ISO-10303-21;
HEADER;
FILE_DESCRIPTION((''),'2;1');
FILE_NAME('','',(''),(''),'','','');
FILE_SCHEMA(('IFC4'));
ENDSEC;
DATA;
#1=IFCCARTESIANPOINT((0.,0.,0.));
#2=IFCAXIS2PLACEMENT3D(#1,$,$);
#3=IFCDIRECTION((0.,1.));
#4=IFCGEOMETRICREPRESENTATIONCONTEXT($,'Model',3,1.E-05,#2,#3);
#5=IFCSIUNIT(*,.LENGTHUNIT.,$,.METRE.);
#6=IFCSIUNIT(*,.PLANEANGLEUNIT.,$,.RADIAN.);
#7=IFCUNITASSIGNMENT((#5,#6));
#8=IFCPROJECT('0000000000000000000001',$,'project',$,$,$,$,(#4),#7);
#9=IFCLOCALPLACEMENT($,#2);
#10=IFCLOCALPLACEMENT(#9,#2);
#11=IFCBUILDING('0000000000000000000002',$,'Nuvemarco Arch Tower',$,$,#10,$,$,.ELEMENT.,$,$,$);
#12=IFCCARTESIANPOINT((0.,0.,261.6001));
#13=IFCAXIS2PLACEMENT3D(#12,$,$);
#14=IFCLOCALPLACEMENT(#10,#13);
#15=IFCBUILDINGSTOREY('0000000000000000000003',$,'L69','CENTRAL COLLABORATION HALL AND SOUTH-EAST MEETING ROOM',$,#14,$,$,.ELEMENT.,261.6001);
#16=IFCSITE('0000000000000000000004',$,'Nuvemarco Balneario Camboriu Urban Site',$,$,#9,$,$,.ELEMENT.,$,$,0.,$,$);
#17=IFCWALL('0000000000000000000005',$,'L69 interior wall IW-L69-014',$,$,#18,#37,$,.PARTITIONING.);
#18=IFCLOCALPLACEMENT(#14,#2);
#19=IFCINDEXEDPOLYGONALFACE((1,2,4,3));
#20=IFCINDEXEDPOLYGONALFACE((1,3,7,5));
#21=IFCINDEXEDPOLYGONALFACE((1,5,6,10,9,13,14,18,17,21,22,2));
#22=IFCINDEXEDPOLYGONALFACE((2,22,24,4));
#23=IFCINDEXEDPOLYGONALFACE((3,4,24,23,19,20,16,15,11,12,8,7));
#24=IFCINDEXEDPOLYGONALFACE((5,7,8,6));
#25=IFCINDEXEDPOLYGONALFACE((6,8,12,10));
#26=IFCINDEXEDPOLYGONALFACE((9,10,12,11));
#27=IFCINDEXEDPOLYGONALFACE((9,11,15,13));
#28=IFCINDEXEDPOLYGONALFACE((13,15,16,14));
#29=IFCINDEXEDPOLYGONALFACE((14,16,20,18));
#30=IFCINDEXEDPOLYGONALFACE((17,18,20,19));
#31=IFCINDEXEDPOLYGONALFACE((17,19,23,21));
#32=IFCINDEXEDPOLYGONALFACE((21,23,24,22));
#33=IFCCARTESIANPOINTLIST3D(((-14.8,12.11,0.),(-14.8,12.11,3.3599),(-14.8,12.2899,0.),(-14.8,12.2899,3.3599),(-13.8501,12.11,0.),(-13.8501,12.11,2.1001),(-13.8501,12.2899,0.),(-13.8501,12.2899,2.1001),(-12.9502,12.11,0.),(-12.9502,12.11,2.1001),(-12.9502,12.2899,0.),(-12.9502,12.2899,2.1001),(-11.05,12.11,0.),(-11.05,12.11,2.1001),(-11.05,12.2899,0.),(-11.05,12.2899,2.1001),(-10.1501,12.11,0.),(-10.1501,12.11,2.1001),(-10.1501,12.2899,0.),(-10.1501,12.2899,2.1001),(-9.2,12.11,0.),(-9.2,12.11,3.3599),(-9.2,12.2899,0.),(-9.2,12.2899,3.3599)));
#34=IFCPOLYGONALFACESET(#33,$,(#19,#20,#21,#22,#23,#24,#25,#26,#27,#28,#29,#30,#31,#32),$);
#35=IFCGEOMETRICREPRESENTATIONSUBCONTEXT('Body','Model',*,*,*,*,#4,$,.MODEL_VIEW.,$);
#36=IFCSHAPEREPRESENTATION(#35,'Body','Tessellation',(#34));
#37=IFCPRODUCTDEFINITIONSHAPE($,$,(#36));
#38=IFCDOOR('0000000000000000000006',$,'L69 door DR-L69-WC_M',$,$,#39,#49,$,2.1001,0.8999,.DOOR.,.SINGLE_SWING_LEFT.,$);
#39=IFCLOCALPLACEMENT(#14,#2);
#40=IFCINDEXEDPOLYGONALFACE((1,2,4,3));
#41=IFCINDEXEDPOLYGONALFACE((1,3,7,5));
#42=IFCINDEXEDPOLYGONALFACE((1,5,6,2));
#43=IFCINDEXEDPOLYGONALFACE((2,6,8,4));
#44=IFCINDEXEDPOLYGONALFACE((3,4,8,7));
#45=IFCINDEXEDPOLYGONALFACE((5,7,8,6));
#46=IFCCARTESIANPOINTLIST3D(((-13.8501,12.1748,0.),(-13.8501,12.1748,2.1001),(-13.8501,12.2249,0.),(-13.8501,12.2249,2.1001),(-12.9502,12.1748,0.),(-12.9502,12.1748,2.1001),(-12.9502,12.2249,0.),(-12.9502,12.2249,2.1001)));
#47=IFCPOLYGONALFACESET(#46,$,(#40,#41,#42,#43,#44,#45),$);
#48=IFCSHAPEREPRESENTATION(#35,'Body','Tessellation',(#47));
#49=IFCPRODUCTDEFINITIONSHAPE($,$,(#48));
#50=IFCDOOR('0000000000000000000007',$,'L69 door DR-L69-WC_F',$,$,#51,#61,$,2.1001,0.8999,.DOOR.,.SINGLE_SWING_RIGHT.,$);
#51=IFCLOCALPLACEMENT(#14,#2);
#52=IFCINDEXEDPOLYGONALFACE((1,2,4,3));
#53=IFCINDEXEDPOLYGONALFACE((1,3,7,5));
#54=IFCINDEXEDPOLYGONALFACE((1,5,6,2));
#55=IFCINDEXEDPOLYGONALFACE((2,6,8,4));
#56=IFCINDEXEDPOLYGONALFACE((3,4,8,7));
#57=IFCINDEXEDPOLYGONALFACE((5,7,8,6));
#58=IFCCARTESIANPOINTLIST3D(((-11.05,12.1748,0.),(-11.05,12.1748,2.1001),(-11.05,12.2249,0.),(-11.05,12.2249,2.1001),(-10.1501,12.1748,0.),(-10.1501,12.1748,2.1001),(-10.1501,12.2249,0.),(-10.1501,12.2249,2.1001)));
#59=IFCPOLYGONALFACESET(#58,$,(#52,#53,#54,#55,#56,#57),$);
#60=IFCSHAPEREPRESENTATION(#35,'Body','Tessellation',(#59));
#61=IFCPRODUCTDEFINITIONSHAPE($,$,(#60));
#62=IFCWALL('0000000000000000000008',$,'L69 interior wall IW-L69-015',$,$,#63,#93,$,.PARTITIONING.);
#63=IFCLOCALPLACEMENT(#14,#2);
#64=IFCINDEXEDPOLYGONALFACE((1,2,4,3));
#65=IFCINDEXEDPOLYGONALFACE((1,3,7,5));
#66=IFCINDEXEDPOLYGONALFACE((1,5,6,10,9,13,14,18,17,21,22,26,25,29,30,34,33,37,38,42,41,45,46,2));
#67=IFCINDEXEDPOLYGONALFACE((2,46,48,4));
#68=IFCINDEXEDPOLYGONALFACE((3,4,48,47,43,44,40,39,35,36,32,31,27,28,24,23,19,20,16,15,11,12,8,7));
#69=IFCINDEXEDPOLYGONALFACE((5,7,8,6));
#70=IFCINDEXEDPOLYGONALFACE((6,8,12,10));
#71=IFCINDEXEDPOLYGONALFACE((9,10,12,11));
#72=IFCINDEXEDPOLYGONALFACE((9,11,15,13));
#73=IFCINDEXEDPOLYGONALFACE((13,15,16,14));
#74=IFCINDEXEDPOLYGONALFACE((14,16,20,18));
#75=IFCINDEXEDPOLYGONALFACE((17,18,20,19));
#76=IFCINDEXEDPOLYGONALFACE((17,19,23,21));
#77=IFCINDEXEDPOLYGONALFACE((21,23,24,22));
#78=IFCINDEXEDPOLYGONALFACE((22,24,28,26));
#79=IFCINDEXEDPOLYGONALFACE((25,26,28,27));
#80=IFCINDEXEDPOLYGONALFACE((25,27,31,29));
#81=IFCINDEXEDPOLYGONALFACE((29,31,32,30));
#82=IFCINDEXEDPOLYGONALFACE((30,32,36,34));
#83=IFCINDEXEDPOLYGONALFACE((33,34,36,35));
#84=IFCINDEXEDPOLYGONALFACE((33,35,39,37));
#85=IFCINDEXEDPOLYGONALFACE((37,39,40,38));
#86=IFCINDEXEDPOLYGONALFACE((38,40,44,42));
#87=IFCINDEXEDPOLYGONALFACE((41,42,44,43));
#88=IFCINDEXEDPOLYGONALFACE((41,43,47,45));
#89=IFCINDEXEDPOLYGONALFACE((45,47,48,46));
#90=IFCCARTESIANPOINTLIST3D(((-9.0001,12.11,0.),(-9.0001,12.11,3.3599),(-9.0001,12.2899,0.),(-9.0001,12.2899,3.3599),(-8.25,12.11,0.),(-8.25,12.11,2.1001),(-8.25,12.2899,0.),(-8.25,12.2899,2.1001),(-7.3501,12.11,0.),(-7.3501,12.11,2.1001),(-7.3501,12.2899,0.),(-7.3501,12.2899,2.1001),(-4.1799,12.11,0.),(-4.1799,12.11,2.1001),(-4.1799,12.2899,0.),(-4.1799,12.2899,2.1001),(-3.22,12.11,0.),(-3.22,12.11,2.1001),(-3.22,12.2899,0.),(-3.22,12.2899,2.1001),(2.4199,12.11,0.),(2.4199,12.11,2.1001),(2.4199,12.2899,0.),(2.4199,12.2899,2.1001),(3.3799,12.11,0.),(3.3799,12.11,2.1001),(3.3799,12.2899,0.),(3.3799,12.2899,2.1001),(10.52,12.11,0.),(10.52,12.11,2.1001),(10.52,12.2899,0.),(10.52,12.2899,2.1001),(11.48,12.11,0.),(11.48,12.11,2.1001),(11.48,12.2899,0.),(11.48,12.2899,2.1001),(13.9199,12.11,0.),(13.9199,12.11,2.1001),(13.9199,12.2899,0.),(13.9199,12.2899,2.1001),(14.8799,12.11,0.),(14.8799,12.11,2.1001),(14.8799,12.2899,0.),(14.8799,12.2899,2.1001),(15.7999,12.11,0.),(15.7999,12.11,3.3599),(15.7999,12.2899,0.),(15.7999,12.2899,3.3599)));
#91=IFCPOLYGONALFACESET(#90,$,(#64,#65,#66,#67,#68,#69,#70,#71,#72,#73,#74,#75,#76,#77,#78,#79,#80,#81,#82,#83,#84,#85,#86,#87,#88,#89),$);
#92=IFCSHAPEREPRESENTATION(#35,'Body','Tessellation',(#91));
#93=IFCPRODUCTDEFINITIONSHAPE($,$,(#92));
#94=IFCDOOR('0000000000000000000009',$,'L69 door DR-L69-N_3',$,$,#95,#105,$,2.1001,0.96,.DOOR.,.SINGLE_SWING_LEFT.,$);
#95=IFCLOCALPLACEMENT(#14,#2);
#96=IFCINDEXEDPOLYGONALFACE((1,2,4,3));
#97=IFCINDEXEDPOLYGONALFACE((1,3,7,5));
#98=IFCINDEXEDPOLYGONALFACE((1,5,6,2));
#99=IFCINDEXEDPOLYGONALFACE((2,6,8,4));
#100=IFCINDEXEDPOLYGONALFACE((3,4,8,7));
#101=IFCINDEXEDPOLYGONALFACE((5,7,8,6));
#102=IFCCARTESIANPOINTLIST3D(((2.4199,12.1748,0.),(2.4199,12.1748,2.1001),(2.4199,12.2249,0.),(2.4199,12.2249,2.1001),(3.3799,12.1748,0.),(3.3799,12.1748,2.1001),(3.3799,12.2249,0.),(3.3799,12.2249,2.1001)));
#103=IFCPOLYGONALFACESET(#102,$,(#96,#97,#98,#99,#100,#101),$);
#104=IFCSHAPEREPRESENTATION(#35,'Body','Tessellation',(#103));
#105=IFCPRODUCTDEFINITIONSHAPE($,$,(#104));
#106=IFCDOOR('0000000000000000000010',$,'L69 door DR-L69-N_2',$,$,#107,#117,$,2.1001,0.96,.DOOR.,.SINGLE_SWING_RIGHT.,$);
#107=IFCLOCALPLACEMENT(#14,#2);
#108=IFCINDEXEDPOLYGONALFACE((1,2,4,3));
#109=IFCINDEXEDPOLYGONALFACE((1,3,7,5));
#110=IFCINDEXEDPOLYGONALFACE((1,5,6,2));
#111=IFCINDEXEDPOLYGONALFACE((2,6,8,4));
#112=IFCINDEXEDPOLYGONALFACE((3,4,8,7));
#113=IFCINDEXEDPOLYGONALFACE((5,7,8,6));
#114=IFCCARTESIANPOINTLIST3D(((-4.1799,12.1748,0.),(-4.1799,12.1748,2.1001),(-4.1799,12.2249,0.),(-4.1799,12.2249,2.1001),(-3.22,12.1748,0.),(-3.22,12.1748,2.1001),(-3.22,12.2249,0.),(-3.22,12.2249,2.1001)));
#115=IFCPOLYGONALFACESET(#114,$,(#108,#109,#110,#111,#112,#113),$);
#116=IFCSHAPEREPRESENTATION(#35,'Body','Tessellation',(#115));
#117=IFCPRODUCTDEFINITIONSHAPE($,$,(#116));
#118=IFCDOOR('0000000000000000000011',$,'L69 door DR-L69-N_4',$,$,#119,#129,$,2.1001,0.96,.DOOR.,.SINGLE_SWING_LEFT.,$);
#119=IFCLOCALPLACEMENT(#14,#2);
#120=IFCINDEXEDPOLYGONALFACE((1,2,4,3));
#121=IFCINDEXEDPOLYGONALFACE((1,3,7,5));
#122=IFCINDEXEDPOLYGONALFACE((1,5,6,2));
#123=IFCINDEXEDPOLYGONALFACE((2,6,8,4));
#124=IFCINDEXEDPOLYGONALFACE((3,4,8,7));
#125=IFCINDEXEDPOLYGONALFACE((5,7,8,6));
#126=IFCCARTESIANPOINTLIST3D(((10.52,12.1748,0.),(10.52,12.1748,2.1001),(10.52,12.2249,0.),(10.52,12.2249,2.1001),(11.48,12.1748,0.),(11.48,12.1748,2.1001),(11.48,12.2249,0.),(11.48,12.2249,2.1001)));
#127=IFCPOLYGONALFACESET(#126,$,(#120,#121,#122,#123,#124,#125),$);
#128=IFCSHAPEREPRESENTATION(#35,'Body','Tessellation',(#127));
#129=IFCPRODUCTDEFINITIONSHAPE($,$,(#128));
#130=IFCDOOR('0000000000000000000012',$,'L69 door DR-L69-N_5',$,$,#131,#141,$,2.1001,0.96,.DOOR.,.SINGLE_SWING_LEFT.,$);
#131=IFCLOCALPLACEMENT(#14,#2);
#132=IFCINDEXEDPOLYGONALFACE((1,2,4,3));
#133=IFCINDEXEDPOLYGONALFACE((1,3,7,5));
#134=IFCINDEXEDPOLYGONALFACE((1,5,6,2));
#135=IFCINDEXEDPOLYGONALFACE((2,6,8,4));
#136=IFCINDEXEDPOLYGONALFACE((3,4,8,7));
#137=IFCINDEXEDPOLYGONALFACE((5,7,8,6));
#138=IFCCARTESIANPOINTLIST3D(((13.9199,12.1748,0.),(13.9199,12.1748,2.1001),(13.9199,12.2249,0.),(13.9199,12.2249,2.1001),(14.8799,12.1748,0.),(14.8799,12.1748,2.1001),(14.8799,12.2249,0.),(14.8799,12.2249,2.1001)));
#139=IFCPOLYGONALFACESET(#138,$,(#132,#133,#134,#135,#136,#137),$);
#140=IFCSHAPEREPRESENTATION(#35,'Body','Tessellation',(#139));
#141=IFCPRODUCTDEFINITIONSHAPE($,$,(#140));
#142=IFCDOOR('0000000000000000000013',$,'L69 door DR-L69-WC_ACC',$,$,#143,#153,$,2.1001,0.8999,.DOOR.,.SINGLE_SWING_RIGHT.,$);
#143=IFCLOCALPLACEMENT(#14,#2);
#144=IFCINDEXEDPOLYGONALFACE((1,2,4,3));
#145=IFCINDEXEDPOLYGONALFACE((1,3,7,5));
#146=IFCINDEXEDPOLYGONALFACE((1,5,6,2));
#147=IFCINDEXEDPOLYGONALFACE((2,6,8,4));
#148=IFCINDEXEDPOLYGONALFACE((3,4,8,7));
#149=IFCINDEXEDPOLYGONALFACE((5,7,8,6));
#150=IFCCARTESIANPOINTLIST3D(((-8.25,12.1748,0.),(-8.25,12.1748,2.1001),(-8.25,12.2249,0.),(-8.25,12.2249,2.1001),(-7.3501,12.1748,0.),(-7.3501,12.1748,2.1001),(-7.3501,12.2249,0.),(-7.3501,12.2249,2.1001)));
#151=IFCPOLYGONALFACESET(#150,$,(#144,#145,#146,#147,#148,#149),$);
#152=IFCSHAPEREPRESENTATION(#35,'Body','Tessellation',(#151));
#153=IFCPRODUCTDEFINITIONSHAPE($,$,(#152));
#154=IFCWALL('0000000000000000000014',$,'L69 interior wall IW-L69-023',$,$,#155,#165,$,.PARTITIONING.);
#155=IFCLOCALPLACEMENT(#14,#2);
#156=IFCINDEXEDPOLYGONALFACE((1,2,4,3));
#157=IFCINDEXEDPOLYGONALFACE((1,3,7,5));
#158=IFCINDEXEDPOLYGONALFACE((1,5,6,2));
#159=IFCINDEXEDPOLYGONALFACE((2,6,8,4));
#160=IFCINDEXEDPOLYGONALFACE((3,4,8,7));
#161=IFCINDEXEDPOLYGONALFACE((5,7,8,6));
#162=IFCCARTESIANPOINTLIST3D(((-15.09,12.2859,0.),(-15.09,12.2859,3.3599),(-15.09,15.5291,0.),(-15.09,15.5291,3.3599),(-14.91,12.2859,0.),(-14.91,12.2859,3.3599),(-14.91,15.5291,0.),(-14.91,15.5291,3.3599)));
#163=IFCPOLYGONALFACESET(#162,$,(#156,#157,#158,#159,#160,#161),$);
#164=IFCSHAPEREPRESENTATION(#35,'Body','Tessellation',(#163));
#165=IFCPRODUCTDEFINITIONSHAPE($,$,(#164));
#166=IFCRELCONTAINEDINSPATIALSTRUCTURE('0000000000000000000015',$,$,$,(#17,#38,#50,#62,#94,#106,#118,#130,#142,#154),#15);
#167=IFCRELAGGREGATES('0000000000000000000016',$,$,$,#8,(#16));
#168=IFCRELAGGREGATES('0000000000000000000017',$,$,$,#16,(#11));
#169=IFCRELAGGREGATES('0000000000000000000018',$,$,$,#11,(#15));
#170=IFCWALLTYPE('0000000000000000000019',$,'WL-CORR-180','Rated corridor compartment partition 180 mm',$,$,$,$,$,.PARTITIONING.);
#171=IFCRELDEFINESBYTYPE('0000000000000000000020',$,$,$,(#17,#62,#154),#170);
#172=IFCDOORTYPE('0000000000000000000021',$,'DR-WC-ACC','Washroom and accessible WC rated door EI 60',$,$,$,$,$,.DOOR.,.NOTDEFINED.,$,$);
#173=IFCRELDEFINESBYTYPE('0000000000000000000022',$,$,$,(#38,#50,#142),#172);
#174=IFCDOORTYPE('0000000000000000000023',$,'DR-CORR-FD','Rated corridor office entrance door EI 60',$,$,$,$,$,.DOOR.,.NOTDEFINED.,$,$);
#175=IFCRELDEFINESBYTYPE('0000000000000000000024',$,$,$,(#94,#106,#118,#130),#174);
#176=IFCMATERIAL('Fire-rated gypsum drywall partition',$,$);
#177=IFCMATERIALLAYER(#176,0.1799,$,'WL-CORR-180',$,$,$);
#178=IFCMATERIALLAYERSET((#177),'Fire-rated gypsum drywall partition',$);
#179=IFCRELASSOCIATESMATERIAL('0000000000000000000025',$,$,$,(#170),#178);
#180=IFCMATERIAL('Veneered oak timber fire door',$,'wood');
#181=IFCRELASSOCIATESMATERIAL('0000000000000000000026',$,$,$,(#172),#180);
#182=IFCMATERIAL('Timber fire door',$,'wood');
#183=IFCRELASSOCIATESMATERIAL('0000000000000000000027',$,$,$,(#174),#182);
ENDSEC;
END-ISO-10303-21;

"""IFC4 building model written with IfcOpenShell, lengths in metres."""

from ifc_helpers import new_model, si_unit, direction, frame, frame_2d, origin, place, context, subcontext, project, spatial, rectangle, extrude, source, transform, mapped, material, layer, layer_set, type_object, type_shapes, element, fill, save


model = new_model("IFC4")

# Units and contexts
model_context = context("Model", 3, precision=1e-05, world=origin(), true_north=direction((0.0, 1.0)))
body_context = subcontext(model_context, "Body", "Model", "MODEL_VIEW")
ifc_project = project(units=[si_unit("LENGTHUNIT", "METRE"), si_unit("PLANEANGLEUNIT", "RADIAN")], contexts=[model_context])

# Site, building, storey
site_placement = place(None, origin())
site = spatial("IfcSite", under=ifc_project, at=site_placement, Name="Nuvemarco Balneario Camboriu Urban Site", CompositionType="ELEMENT", RefElevation=0.0)
building_placement = place(site_placement, origin())
building = spatial("IfcBuilding", under=site, at=building_placement, Name="Nuvemarco Arch Tower", CompositionType="ELEMENT")
storey_placement = place(building_placement, frame((0.0, 0.0, 261.6001)))
storey = spatial("IfcBuildingStorey", under=building, at=storey_placement, Name="L69", Description="CENTRAL COLLABORATION HALL AND SOUTH-EAST MEETING ROOM", CompositionType="ELEMENT", Elevation=261.6001)

# Shared definitions
ifc_material_1 = material(Name="Fire-rated gypsum drywall partition")
ifc_layer_1 = layer(ifc_material_1, 0.1799, Name="WL-CORR-180")
ifc_layer_set_1 = layer_set([ifc_layer_1], Name="Fire-rated gypsum drywall partition")
wall_type_1 = type_object("IfcWallType", Name="WL-CORR-180", Description="Rated corridor compartment partition 180 mm", PredefinedType="PARTITIONING", material=ifc_layer_set_1)

# Walls, openings, doors
wall_1_placement = place(storey_placement, frame((-14.8, 12.2, 0.0), z_axis=(0.0, 0.0, 1.0), x_axis=(1.0, 0.0, 0.0)))
wall_1 = element("IfcWall", 1, at=wall_1_placement, inside=storey, type_object=wall_type_1, Name="L69 interior wall IW-L69-014", PredefinedType="PARTITIONING", context=body_context, shape_type="SweptSolid", body=[
    extrude(rectangle(XDim=5.6001, YDim=0.1799, at=frame_2d((2.8, 0.0))), origin(), (0.0, 0.0, 1.0), 3.3599),
])
opening_1_placement = place(wall_1_placement, frame((0.95, 0.0, 0.0)))
opening_1 = element("IfcOpeningElement", 2, at=opening_1_placement, cuts=wall_1, PredefinedType="OPENING", context=body_context, shape_type="SweptSolid", body=[
    extrude(rectangle(XDim=0.8999, YDim=2.1001, at=frame_2d((0.45, 1.05))), frame((0.0, 0.0999, 0.0), z_axis=(0.0, -1.0, 0.0), x_axis=(1.0, 0.0, 0.0)), (0.0, 0.0, 1.0), 0.2),
])
opening_2_placement = place(wall_1_placement, frame((3.75, 0.0, 0.0)))
opening_2 = element("IfcOpeningElement", 3, at=opening_2_placement, cuts=wall_1, PredefinedType="OPENING", context=body_context, shape_type="SweptSolid", body=[
    extrude(rectangle(XDim=0.8999, YDim=2.1001, at=frame_2d((0.45, 1.05))), frame((0.0, 0.0999, 0.0), z_axis=(0.0, -1.0, 0.0), x_axis=(1.0, 0.0, 0.0)), (0.0, 0.0, 1.0), 0.2),
])
ifc_material_2 = material(Name="Veneered oak timber fire door", Category="wood")
door_type_1 = type_object("IfcDoorType", Name="DR-WC-ACC", Description="Washroom and accessible WC rated door EI 60", OperationType="NOTDEFINED", PredefinedType="DOOR", material=ifc_material_2)
shared_shape_1 = source(origin(), body_context, "Body", "SweptSolid", [
    extrude(rectangle(XDim=0.8999, YDim=2.1001, at=frame_2d((0.45, 1.05))), frame((0.0, 0.0249, 0.0), z_axis=(0.0, -1.0, 0.0), x_axis=(1.0, 0.0, 0.0)), (0.0, 0.0, 1.0), 0.05),
])
type_shapes(door_type_1, [shared_shape_1])
door_1_placement = place(opening_1_placement, origin())
door_1 = element("IfcDoor", 4, at=door_1_placement, inside=storey, type_object=door_type_1, Name="L69 door DR-L69-WC_M", OperationType="SINGLE_SWING_LEFT", OverallHeight=2.1001, OverallWidth=0.8999, PredefinedType="DOOR", context=body_context, shape_type="MappedRepresentation", body=[
    mapped(shared_shape_1, transform((0.0, 0.0, 0.0), scale=1.0)),
])
fill(opening_1, door_1)
door_2_placement = place(opening_2_placement, origin())
door_2 = element("IfcDoor", 5, at=door_2_placement, inside=storey, type_object=door_type_1, Name="L69 door DR-L69-WC_F", OperationType="SINGLE_SWING_RIGHT", OverallHeight=2.1001, OverallWidth=0.8999, PredefinedType="DOOR", context=body_context, shape_type="MappedRepresentation", body=[
    mapped(shared_shape_1, transform((0.0, 0.0, 0.0), scale=1.0)),
])
fill(opening_2, door_2)
wall_2_placement = place(storey_placement, frame((-9.0, 12.2, 0.0), z_axis=(0.0, 0.0, 1.0), x_axis=(1.0, 0.0, 0.0)))
wall_2 = element("IfcWall", 6, at=wall_2_placement, inside=storey, type_object=wall_type_1, Name="L69 interior wall IW-L69-015", PredefinedType="PARTITIONING", context=body_context, shape_type="SweptSolid", body=[
    extrude(rectangle(XDim=24.8, YDim=0.1799, at=frame_2d((12.3999, 0.0))), origin(), (0.0, 0.0, 1.0), 3.3599),
])
opening_3_placement = place(wall_2_placement, frame((11.4199, 0.0, 0.0)))
opening_3 = element("IfcOpeningElement", 7, at=opening_3_placement, cuts=wall_2, PredefinedType="OPENING", context=body_context, shape_type="SweptSolid", body=[
    extrude(rectangle(XDim=0.96, YDim=2.1001, at=frame_2d((0.48, 1.05))), frame((0.0, 0.0999, 0.0), z_axis=(0.0, -1.0, 0.0), x_axis=(1.0, 0.0, 0.0)), (0.0, 0.0, 1.0), 0.2),
])
opening_4_placement = place(wall_2_placement, frame((4.8201, 0.0, 0.0)))
opening_4 = element("IfcOpeningElement", 8, at=opening_4_placement, cuts=wall_2, PredefinedType="OPENING", context=body_context, shape_type="SweptSolid", body=[
    extrude(rectangle(XDim=0.96, YDim=2.1001, at=frame_2d((0.48, 1.05))), frame((0.0, 0.0999, 0.0), z_axis=(0.0, -1.0, 0.0), x_axis=(1.0, 0.0, 0.0)), (0.0, 0.0, 1.0), 0.2),
])
opening_5_placement = place(wall_2_placement, frame((19.52, 0.0, 0.0)))
opening_5 = element("IfcOpeningElement", 9, at=opening_5_placement, cuts=wall_2, PredefinedType="OPENING", context=body_context, shape_type="SweptSolid", body=[
    extrude(rectangle(XDim=0.96, YDim=2.1001, at=frame_2d((0.48, 1.05))), frame((0.0, 0.0999, 0.0), z_axis=(0.0, -1.0, 0.0), x_axis=(1.0, 0.0, 0.0)), (0.0, 0.0, 1.0), 0.2),
])
opening_6_placement = place(wall_2_placement, frame((22.9199, 0.0, 0.0)))
opening_6 = element("IfcOpeningElement", 10, at=opening_6_placement, cuts=wall_2, PredefinedType="OPENING", context=body_context, shape_type="SweptSolid", body=[
    extrude(rectangle(XDim=0.96, YDim=2.1001, at=frame_2d((0.48, 1.05))), frame((0.0, 0.0999, 0.0), z_axis=(0.0, -1.0, 0.0), x_axis=(1.0, 0.0, 0.0)), (0.0, 0.0, 1.0), 0.2),
])
opening_7_placement = place(wall_2_placement, frame((0.75, 0.0, 0.0)))
opening_7 = element("IfcOpeningElement", 11, at=opening_7_placement, cuts=wall_2, PredefinedType="OPENING", context=body_context, shape_type="SweptSolid", body=[
    extrude(rectangle(XDim=0.8999, YDim=2.1001, at=frame_2d((0.45, 1.05))), frame((0.0, 0.0999, 0.0), z_axis=(0.0, -1.0, 0.0), x_axis=(1.0, 0.0, 0.0)), (0.0, 0.0, 1.0), 0.2),
])
ifc_material_3 = material(Name="Timber fire door", Category="wood")
door_type_2 = type_object("IfcDoorType", Name="DR-CORR-FD", Description="Rated corridor office entrance door EI 60", OperationType="NOTDEFINED", PredefinedType="DOOR", material=ifc_material_3)
shared_shape_2 = source(origin(), body_context, "Body", "SweptSolid", [
    extrude(rectangle(XDim=0.96, YDim=2.1001, at=frame_2d((0.48, 1.05))), frame((0.0, 0.0249, 0.0), z_axis=(0.0, -1.0, 0.0), x_axis=(1.0, 0.0, 0.0)), (0.0, 0.0, 1.0), 0.05),
])
type_shapes(door_type_2, [shared_shape_2])
door_3_placement = place(opening_3_placement, origin())
door_3 = element("IfcDoor", 12, at=door_3_placement, inside=storey, type_object=door_type_2, Name="L69 door DR-L69-N_3", OperationType="SINGLE_SWING_LEFT", OverallHeight=2.1001, OverallWidth=0.96, PredefinedType="DOOR", context=body_context, shape_type="MappedRepresentation", body=[
    mapped(shared_shape_2, transform((0.0, 0.0, 0.0), scale=1.0)),
])
fill(opening_3, door_3)
door_4_placement = place(opening_4_placement, origin())
door_4 = element("IfcDoor", 13, at=door_4_placement, inside=storey, type_object=door_type_2, Name="L69 door DR-L69-N_2", OperationType="SINGLE_SWING_RIGHT", OverallHeight=2.1001, OverallWidth=0.96, PredefinedType="DOOR", context=body_context, shape_type="MappedRepresentation", body=[
    mapped(shared_shape_2, transform((0.0, 0.0, 0.0), scale=1.0)),
])
fill(opening_4, door_4)
door_5_placement = place(opening_5_placement, origin())
door_5 = element("IfcDoor", 14, at=door_5_placement, inside=storey, type_object=door_type_2, Name="L69 door DR-L69-N_4", OperationType="SINGLE_SWING_LEFT", OverallHeight=2.1001, OverallWidth=0.96, PredefinedType="DOOR", context=body_context, shape_type="MappedRepresentation", body=[
    mapped(shared_shape_2, transform((0.0, 0.0, 0.0), scale=1.0)),
])
fill(opening_5, door_5)
door_6_placement = place(opening_6_placement, origin())
door_6 = element("IfcDoor", 15, at=door_6_placement, inside=storey, type_object=door_type_2, Name="L69 door DR-L69-N_5", OperationType="SINGLE_SWING_LEFT", OverallHeight=2.1001, OverallWidth=0.96, PredefinedType="DOOR", context=body_context, shape_type="MappedRepresentation", body=[
    mapped(shared_shape_2, transform((0.0, 0.0, 0.0), scale=1.0)),
])
fill(opening_6, door_6)
door_7_placement = place(opening_7_placement, origin())
door_7 = element("IfcDoor", 16, at=door_7_placement, inside=storey, type_object=door_type_1, Name="L69 door DR-L69-WC_ACC", OperationType="SINGLE_SWING_RIGHT", OverallHeight=2.1001, OverallWidth=0.8999, PredefinedType="DOOR", context=body_context, shape_type="MappedRepresentation", body=[
    mapped(shared_shape_1, transform((0.0, 0.0, 0.0), scale=1.0)),
])
fill(opening_7, door_7)

# Wall
wall_3_placement = place(storey_placement, frame((-15.0, 12.2859, 0.0), z_axis=(0.0, 0.0, 1.0), x_axis=(0.0, 1.0, 0.0)))
element("IfcWall", 17, at=wall_3_placement, inside=storey, type_object=wall_type_1, Name="L69 interior wall IW-L69-023", PredefinedType="PARTITIONING", context=body_context, shape_type="SweptSolid", body=[
    extrude(rectangle(XDim=3.2432, YDim=0.1799, at=frame_2d((1.6216, 0.0))), origin(), (0.0, 0.0, 1.0), 3.3599),
])

save(model, "model.ifc")
